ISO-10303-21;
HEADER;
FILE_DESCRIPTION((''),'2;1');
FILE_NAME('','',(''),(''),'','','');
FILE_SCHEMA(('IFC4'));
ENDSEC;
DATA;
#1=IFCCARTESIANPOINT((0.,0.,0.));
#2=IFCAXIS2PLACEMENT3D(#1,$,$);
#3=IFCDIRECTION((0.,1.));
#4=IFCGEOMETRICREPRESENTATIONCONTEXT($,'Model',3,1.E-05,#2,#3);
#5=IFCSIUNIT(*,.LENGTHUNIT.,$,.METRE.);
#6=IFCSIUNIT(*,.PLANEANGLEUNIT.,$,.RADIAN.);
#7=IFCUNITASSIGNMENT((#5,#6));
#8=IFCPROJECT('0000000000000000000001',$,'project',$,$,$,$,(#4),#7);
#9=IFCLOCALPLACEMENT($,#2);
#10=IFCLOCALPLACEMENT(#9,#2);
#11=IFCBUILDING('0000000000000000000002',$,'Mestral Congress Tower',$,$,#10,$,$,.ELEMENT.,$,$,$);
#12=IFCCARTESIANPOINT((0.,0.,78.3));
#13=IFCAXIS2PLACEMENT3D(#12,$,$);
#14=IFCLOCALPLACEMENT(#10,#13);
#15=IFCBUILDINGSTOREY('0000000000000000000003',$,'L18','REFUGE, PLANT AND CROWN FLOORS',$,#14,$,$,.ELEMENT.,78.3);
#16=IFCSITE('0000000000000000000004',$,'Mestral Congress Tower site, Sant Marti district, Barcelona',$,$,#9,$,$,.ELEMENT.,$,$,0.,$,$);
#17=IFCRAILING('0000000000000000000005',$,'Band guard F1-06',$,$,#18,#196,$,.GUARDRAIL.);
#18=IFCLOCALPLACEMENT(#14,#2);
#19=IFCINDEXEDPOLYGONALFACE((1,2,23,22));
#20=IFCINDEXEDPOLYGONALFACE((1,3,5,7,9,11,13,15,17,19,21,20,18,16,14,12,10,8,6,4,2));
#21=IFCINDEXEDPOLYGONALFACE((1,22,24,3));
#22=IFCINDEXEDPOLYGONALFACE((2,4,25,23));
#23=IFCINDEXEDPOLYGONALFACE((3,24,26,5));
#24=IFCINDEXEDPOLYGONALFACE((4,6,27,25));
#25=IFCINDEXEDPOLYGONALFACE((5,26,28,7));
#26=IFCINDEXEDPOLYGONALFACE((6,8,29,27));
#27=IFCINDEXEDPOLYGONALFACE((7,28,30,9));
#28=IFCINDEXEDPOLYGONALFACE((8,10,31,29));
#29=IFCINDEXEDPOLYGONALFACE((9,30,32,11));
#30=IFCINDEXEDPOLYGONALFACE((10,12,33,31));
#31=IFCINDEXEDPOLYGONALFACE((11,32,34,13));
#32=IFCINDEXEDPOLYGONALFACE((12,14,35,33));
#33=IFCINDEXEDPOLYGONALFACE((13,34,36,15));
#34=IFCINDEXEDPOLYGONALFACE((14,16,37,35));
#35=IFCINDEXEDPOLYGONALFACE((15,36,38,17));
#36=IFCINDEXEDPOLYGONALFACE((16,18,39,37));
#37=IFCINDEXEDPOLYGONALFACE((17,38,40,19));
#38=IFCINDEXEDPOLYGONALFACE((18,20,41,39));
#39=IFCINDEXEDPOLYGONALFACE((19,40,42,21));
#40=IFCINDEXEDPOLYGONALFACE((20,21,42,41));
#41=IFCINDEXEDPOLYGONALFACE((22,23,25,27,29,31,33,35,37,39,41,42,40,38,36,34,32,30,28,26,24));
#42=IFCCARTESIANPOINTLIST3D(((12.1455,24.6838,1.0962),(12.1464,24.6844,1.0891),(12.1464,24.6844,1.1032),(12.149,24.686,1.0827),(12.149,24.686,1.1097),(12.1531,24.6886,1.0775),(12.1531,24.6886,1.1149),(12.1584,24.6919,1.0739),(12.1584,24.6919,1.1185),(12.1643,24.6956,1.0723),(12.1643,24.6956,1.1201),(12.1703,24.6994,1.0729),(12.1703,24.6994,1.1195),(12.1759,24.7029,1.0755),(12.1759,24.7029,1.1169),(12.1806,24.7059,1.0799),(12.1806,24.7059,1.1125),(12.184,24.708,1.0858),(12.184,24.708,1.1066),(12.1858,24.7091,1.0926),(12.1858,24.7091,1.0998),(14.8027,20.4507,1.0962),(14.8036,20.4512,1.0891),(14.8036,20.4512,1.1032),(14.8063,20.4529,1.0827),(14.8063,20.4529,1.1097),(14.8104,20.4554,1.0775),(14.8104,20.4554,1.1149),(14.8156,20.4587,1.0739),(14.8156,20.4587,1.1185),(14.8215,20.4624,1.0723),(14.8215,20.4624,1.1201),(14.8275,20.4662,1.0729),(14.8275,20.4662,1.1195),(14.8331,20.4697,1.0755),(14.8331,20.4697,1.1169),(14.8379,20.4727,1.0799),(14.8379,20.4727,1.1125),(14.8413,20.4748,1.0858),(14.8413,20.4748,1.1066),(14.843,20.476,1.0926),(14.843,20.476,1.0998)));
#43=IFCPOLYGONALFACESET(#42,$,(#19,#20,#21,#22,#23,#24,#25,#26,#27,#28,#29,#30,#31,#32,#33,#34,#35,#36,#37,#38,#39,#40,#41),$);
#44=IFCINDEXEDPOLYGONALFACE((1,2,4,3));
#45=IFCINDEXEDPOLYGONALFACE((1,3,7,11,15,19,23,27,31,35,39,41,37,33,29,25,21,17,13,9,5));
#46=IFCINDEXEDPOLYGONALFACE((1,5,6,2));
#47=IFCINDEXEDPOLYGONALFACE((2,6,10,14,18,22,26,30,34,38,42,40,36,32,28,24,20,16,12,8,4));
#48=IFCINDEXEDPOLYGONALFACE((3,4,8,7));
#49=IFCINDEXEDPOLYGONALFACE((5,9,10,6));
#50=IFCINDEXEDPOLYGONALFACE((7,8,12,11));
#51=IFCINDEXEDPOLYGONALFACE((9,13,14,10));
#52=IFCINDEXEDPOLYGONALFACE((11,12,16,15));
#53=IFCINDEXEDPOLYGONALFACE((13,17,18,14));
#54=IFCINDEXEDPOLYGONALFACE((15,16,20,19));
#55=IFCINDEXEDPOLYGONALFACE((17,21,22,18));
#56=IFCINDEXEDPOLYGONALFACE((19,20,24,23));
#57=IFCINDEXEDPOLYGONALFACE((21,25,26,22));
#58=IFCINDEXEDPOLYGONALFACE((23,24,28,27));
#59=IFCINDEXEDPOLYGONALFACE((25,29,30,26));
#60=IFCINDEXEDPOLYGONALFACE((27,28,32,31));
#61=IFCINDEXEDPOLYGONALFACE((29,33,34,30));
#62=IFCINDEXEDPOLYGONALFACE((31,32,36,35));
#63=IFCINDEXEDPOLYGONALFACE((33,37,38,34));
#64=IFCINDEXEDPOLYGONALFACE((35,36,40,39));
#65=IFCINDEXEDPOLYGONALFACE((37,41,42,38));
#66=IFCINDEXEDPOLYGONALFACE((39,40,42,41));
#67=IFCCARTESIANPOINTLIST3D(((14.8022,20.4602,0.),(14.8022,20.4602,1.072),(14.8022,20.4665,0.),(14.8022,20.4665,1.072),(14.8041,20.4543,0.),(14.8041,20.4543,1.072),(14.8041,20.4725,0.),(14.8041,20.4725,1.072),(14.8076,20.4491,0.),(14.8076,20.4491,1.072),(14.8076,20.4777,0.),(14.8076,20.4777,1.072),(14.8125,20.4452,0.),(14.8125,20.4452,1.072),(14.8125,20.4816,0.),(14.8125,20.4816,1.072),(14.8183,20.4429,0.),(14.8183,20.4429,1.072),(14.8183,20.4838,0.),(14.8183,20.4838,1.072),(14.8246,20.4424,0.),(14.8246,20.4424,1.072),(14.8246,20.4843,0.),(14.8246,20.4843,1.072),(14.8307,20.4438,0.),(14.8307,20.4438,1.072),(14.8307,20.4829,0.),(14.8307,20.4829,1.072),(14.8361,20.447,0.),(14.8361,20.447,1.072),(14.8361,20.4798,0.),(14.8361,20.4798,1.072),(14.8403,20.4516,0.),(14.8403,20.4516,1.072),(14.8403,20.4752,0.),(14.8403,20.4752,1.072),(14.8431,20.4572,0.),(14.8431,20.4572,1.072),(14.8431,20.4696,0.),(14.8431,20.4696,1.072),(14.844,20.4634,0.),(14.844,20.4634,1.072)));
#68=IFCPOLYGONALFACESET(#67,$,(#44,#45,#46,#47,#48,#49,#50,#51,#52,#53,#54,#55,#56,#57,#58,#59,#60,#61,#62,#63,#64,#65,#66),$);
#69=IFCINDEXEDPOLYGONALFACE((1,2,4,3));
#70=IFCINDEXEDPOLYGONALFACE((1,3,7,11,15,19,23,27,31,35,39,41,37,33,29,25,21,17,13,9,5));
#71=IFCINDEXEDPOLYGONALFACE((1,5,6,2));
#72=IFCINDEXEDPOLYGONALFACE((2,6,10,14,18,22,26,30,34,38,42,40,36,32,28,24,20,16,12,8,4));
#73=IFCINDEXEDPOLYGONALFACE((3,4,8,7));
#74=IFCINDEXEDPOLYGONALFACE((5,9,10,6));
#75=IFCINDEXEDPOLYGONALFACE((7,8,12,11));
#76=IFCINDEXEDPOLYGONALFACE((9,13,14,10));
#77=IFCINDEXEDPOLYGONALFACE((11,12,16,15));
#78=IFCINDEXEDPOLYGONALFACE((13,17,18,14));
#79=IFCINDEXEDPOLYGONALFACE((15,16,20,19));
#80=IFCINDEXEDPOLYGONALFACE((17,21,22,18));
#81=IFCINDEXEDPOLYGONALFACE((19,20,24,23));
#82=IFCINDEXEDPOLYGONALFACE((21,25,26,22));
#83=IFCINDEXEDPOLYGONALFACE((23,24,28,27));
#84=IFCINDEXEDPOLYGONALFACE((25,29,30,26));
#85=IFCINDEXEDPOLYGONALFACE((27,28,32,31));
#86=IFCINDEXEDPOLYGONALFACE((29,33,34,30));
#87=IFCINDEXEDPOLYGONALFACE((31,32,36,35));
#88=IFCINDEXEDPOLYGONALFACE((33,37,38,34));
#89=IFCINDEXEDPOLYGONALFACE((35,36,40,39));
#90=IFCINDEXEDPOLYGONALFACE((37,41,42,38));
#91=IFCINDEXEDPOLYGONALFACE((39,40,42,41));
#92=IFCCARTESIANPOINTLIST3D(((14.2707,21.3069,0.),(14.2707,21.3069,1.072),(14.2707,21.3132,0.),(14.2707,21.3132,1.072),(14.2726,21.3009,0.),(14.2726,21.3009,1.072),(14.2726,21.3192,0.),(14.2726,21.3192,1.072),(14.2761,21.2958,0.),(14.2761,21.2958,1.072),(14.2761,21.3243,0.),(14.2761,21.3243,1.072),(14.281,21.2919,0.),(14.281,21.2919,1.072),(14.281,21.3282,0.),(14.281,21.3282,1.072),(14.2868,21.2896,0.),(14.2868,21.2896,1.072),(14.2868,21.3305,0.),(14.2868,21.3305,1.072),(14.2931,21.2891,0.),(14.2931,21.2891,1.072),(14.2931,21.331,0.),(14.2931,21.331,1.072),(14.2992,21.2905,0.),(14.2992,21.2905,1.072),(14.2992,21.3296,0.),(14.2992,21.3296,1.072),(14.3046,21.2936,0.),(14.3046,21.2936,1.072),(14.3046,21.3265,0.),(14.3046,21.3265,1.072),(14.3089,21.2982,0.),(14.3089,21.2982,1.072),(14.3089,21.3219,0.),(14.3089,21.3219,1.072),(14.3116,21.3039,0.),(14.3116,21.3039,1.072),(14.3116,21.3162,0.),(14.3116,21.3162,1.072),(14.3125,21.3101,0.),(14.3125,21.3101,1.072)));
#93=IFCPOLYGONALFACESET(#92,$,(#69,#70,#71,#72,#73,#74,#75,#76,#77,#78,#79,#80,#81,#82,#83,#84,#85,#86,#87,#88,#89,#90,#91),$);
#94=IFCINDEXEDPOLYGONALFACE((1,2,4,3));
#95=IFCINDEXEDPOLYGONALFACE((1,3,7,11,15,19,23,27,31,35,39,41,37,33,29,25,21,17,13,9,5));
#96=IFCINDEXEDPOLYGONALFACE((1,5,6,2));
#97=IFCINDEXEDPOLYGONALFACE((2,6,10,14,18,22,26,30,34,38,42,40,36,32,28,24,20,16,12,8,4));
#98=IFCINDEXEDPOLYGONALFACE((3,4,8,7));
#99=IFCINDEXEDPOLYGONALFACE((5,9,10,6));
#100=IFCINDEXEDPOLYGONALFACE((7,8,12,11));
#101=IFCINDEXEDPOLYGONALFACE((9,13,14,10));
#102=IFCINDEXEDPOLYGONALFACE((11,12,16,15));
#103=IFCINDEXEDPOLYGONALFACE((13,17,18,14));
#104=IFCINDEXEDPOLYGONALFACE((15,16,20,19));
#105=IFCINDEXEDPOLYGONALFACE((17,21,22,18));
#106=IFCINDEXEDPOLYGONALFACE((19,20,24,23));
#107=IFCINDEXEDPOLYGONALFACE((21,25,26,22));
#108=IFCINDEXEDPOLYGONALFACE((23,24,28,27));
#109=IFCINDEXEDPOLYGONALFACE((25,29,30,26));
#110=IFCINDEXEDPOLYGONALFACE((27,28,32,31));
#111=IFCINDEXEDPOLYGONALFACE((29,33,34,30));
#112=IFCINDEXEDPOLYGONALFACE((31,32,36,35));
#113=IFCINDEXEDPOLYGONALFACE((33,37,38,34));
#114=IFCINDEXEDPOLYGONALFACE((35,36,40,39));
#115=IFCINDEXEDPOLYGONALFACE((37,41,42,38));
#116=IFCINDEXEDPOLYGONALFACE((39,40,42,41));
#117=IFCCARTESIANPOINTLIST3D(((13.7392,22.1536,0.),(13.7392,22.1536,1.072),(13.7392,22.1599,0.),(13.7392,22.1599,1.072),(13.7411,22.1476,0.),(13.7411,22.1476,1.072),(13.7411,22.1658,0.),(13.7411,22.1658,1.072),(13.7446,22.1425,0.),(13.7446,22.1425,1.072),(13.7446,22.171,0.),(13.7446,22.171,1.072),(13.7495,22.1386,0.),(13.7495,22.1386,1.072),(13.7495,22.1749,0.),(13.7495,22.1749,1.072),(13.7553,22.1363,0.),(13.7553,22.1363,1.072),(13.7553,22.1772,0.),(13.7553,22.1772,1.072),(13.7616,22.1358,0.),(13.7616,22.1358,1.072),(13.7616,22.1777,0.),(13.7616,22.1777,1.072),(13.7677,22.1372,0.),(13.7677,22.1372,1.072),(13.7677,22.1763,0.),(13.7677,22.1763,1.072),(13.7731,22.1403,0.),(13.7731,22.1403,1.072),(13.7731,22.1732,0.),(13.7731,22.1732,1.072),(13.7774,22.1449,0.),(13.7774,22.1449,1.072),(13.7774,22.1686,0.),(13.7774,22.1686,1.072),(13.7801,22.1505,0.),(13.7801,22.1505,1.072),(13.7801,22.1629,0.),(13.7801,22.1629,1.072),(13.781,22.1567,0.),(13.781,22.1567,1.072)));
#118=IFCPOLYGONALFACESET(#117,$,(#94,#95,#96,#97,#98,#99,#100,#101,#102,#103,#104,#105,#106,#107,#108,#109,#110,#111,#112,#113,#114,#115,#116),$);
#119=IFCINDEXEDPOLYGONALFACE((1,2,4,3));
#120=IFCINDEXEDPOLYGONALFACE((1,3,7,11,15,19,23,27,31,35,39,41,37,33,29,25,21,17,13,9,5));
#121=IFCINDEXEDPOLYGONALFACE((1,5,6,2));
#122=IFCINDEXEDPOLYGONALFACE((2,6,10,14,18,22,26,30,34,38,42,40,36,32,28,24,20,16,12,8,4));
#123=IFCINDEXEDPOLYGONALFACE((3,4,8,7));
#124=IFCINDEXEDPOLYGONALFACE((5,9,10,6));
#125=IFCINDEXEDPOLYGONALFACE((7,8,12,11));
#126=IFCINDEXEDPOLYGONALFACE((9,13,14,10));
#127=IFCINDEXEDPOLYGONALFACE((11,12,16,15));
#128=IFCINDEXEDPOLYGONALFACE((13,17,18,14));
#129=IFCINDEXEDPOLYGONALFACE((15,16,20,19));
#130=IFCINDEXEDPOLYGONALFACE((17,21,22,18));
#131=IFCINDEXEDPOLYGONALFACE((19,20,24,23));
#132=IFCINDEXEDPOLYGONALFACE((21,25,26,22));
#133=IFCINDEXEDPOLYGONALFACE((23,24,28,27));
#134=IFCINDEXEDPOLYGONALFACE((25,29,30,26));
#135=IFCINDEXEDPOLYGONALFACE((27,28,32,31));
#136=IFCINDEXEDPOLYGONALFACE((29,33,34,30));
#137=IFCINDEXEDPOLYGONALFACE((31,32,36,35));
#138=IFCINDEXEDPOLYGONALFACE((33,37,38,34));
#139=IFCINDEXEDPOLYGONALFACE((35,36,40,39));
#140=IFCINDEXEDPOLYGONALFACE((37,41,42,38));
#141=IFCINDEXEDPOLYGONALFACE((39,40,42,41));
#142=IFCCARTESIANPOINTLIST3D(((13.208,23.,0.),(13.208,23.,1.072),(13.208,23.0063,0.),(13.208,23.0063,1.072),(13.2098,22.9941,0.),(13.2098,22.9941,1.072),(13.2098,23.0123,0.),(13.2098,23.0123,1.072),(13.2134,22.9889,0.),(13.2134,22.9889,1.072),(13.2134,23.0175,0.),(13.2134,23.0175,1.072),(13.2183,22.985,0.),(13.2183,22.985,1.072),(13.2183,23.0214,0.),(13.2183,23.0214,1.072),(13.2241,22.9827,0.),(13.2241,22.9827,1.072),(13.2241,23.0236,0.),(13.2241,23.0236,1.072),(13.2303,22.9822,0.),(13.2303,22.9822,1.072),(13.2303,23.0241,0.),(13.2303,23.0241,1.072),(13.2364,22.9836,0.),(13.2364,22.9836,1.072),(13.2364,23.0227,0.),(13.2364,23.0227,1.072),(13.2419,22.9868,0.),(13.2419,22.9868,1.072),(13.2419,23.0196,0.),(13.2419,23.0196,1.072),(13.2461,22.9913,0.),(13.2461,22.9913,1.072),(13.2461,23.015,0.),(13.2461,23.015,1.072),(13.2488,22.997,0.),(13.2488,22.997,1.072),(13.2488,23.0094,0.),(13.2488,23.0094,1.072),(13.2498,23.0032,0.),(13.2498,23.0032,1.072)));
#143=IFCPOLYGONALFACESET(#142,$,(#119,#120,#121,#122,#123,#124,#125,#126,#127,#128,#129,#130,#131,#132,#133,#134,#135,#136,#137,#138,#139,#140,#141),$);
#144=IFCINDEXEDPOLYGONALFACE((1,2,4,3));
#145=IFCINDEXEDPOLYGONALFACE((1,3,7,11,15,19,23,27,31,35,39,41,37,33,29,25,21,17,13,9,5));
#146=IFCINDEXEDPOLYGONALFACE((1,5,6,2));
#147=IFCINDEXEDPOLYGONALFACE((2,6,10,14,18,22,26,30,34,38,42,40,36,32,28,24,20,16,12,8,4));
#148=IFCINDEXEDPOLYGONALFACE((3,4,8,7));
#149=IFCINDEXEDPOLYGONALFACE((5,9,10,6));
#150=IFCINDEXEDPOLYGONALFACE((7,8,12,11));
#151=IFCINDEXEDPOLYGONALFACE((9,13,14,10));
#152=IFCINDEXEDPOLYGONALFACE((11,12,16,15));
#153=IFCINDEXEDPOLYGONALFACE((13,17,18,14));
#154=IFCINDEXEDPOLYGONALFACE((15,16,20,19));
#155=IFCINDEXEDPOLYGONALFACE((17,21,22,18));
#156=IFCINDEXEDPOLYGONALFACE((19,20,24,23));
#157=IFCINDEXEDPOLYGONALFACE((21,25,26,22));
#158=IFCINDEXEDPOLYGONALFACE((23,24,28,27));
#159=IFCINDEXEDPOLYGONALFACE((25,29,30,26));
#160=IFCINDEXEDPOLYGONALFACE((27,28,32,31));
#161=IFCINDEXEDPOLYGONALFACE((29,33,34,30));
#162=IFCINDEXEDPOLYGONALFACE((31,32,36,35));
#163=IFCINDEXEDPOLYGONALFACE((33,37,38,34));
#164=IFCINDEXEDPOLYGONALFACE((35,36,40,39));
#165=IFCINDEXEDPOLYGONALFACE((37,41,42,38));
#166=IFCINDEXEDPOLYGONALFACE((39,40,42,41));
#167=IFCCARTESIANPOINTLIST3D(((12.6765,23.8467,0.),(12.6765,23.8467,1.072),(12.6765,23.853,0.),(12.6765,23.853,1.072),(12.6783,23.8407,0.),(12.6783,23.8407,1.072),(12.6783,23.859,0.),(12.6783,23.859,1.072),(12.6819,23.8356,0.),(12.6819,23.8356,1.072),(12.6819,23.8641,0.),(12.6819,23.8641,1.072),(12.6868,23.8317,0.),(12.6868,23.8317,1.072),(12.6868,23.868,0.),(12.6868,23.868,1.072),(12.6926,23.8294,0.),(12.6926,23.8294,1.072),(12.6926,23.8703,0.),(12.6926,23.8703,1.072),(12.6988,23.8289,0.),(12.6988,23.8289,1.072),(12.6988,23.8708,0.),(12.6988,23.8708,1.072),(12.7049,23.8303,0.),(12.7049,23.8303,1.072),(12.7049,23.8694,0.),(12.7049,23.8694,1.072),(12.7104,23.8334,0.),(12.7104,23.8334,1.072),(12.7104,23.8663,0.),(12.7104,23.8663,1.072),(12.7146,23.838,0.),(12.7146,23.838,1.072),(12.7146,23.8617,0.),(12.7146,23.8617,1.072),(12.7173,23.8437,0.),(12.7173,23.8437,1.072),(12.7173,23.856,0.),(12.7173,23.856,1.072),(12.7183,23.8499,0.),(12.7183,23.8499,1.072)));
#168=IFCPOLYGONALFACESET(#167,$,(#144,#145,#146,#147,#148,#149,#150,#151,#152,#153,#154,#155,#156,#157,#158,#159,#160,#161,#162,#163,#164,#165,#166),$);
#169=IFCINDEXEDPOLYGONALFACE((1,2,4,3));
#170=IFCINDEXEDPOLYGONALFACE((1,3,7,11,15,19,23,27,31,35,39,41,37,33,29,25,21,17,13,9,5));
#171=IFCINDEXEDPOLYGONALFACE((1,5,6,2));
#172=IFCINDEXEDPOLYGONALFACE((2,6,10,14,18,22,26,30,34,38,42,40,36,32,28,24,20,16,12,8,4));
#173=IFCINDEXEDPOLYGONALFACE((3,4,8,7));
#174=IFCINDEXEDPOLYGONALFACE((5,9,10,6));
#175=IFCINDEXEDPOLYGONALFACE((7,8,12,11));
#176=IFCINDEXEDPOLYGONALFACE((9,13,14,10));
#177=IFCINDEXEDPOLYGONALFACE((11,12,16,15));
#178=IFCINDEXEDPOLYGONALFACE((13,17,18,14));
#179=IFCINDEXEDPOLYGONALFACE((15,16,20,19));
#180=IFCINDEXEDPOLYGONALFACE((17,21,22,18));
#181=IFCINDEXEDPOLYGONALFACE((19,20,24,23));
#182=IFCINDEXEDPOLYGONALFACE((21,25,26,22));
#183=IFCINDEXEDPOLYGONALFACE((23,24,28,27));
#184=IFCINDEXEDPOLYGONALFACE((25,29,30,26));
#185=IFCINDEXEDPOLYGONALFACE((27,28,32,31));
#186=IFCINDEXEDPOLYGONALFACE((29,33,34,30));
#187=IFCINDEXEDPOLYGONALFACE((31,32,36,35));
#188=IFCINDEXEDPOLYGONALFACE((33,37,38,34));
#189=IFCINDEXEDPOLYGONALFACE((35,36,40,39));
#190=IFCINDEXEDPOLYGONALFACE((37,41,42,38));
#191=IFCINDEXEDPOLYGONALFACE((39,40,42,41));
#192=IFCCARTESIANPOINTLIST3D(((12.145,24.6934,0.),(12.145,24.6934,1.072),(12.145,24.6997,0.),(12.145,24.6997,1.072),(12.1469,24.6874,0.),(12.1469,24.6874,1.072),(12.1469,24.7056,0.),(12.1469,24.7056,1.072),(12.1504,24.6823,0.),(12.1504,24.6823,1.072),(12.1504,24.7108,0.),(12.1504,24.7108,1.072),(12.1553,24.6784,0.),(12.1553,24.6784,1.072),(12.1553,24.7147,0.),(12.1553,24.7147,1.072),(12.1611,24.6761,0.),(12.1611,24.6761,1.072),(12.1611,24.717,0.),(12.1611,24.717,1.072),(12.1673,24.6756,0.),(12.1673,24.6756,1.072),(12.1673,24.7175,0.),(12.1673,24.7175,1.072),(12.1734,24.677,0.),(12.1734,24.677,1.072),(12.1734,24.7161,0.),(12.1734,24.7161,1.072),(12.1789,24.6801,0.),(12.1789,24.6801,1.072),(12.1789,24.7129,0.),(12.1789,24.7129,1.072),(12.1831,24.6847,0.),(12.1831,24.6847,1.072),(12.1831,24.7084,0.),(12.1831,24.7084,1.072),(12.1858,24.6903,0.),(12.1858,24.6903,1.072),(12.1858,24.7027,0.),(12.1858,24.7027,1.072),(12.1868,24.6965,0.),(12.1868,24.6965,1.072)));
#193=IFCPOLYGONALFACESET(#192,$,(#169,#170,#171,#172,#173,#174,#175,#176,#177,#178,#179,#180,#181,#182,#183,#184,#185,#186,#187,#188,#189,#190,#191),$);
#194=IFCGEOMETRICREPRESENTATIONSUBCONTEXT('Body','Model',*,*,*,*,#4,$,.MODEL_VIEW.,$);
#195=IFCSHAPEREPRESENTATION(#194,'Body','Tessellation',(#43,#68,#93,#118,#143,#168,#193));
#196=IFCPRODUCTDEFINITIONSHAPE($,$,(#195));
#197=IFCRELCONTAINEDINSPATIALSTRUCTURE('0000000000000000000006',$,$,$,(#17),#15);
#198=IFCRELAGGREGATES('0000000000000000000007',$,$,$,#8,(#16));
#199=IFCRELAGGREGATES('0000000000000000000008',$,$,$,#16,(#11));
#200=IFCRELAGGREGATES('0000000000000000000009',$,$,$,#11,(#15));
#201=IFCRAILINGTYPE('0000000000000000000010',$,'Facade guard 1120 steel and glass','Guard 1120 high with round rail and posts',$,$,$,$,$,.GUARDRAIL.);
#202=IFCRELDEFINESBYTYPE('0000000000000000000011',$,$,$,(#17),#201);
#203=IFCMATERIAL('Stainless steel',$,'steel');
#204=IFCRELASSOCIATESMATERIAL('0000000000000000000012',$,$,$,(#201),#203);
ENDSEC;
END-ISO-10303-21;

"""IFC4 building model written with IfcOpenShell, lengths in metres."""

from ifc_helpers import new_model, si_unit, direction, frame, origin, origin_2d, place, context, subcontext, project, spatial, circle, extrude, material, type_object, element, save


model = new_model("IFC4")

# Units and contexts
model_context = context("Model", 3, precision=1e-05, world=origin(), true_north=direction((0.0, 1.0)))
body_context = subcontext(model_context, "Body", "Model", "MODEL_VIEW")
ifc_project = project(units=[si_unit("LENGTHUNIT", "METRE"), si_unit("PLANEANGLEUNIT", "RADIAN")], contexts=[model_context])

# Site, building, storey
site_placement = place(None, origin())
site = spatial("IfcSite", under=ifc_project, at=site_placement, Name="Mestral Congress Tower site, Sant Marti district, Barcelona", CompositionType="ELEMENT", RefElevation=0.0)
building_placement = place(site_placement, origin())
building = spatial("IfcBuilding", under=site, at=building_placement, Name="Mestral Congress Tower", CompositionType="ELEMENT")
storey_placement = place(building_placement, frame((0.0, 0.0, 78.3)))
storey = spatial("IfcBuildingStorey", under=building, at=storey_placement, Name="L18", Description="REFUGE, PLANT AND CROWN FLOORS", CompositionType="ELEMENT", Elevation=78.3)

# Railing
ifc_material_1 = material(Name="Stainless steel", Category="steel")
railing_type = type_object("IfcRailingType", Name="Facade guard 1120 steel and glass", Description="Guard 1120 high with round rail and posts", PredefinedType="GUARDRAIL", material=ifc_material_1)
railing_1_placement = place(storey_placement, frame((14.823, 20.4634, 0.0)))
element("IfcRailing", 1, at=railing_1_placement, inside=storey, type_object=railing_type, Name="Band guard F1-06", PredefinedType="GUARDRAIL", context=body_context, shape_type="SweptSolid", body=[
    extrude(circle(Radius=0.0239, at=origin_2d()), frame((0.0, 0.0, 1.0962), z_axis=(-0.531653, 0.846962, 0.0), x_axis=(-0.846962, -0.531653, 0.0)), (0.0, 0.0, 1.0), 4.998),
    extrude(circle(Radius=0.021, at=origin_2d()), origin(), (0.0, 0.0, 1.0), 1.072),
    extrude(circle(Radius=0.021, at=origin_2d()), frame((-0.5315, 0.8467, 0.0)), (0.0, 0.0, 1.0), 1.072),
    extrude(circle(Radius=0.021, at=origin_2d()), frame((-1.063, 1.6934, 0.0)), (0.0, 0.0, 1.0), 1.072),
    extrude(circle(Radius=0.021, at=origin_2d()), frame((-1.5942, 2.5398, 0.0)), (0.0, 0.0, 1.0), 1.072),
    extrude(circle(Radius=0.021, at=origin_2d()), frame((-2.1257, 3.3865, 0.0)), (0.0, 0.0, 1.0), 1.072),
    extrude(circle(Radius=0.021, at=origin_2d()), frame((-2.6572, 4.2332, 0.0)), (0.0, 0.0, 1.0), 1.072),
])

save(model, "model.ifc")
